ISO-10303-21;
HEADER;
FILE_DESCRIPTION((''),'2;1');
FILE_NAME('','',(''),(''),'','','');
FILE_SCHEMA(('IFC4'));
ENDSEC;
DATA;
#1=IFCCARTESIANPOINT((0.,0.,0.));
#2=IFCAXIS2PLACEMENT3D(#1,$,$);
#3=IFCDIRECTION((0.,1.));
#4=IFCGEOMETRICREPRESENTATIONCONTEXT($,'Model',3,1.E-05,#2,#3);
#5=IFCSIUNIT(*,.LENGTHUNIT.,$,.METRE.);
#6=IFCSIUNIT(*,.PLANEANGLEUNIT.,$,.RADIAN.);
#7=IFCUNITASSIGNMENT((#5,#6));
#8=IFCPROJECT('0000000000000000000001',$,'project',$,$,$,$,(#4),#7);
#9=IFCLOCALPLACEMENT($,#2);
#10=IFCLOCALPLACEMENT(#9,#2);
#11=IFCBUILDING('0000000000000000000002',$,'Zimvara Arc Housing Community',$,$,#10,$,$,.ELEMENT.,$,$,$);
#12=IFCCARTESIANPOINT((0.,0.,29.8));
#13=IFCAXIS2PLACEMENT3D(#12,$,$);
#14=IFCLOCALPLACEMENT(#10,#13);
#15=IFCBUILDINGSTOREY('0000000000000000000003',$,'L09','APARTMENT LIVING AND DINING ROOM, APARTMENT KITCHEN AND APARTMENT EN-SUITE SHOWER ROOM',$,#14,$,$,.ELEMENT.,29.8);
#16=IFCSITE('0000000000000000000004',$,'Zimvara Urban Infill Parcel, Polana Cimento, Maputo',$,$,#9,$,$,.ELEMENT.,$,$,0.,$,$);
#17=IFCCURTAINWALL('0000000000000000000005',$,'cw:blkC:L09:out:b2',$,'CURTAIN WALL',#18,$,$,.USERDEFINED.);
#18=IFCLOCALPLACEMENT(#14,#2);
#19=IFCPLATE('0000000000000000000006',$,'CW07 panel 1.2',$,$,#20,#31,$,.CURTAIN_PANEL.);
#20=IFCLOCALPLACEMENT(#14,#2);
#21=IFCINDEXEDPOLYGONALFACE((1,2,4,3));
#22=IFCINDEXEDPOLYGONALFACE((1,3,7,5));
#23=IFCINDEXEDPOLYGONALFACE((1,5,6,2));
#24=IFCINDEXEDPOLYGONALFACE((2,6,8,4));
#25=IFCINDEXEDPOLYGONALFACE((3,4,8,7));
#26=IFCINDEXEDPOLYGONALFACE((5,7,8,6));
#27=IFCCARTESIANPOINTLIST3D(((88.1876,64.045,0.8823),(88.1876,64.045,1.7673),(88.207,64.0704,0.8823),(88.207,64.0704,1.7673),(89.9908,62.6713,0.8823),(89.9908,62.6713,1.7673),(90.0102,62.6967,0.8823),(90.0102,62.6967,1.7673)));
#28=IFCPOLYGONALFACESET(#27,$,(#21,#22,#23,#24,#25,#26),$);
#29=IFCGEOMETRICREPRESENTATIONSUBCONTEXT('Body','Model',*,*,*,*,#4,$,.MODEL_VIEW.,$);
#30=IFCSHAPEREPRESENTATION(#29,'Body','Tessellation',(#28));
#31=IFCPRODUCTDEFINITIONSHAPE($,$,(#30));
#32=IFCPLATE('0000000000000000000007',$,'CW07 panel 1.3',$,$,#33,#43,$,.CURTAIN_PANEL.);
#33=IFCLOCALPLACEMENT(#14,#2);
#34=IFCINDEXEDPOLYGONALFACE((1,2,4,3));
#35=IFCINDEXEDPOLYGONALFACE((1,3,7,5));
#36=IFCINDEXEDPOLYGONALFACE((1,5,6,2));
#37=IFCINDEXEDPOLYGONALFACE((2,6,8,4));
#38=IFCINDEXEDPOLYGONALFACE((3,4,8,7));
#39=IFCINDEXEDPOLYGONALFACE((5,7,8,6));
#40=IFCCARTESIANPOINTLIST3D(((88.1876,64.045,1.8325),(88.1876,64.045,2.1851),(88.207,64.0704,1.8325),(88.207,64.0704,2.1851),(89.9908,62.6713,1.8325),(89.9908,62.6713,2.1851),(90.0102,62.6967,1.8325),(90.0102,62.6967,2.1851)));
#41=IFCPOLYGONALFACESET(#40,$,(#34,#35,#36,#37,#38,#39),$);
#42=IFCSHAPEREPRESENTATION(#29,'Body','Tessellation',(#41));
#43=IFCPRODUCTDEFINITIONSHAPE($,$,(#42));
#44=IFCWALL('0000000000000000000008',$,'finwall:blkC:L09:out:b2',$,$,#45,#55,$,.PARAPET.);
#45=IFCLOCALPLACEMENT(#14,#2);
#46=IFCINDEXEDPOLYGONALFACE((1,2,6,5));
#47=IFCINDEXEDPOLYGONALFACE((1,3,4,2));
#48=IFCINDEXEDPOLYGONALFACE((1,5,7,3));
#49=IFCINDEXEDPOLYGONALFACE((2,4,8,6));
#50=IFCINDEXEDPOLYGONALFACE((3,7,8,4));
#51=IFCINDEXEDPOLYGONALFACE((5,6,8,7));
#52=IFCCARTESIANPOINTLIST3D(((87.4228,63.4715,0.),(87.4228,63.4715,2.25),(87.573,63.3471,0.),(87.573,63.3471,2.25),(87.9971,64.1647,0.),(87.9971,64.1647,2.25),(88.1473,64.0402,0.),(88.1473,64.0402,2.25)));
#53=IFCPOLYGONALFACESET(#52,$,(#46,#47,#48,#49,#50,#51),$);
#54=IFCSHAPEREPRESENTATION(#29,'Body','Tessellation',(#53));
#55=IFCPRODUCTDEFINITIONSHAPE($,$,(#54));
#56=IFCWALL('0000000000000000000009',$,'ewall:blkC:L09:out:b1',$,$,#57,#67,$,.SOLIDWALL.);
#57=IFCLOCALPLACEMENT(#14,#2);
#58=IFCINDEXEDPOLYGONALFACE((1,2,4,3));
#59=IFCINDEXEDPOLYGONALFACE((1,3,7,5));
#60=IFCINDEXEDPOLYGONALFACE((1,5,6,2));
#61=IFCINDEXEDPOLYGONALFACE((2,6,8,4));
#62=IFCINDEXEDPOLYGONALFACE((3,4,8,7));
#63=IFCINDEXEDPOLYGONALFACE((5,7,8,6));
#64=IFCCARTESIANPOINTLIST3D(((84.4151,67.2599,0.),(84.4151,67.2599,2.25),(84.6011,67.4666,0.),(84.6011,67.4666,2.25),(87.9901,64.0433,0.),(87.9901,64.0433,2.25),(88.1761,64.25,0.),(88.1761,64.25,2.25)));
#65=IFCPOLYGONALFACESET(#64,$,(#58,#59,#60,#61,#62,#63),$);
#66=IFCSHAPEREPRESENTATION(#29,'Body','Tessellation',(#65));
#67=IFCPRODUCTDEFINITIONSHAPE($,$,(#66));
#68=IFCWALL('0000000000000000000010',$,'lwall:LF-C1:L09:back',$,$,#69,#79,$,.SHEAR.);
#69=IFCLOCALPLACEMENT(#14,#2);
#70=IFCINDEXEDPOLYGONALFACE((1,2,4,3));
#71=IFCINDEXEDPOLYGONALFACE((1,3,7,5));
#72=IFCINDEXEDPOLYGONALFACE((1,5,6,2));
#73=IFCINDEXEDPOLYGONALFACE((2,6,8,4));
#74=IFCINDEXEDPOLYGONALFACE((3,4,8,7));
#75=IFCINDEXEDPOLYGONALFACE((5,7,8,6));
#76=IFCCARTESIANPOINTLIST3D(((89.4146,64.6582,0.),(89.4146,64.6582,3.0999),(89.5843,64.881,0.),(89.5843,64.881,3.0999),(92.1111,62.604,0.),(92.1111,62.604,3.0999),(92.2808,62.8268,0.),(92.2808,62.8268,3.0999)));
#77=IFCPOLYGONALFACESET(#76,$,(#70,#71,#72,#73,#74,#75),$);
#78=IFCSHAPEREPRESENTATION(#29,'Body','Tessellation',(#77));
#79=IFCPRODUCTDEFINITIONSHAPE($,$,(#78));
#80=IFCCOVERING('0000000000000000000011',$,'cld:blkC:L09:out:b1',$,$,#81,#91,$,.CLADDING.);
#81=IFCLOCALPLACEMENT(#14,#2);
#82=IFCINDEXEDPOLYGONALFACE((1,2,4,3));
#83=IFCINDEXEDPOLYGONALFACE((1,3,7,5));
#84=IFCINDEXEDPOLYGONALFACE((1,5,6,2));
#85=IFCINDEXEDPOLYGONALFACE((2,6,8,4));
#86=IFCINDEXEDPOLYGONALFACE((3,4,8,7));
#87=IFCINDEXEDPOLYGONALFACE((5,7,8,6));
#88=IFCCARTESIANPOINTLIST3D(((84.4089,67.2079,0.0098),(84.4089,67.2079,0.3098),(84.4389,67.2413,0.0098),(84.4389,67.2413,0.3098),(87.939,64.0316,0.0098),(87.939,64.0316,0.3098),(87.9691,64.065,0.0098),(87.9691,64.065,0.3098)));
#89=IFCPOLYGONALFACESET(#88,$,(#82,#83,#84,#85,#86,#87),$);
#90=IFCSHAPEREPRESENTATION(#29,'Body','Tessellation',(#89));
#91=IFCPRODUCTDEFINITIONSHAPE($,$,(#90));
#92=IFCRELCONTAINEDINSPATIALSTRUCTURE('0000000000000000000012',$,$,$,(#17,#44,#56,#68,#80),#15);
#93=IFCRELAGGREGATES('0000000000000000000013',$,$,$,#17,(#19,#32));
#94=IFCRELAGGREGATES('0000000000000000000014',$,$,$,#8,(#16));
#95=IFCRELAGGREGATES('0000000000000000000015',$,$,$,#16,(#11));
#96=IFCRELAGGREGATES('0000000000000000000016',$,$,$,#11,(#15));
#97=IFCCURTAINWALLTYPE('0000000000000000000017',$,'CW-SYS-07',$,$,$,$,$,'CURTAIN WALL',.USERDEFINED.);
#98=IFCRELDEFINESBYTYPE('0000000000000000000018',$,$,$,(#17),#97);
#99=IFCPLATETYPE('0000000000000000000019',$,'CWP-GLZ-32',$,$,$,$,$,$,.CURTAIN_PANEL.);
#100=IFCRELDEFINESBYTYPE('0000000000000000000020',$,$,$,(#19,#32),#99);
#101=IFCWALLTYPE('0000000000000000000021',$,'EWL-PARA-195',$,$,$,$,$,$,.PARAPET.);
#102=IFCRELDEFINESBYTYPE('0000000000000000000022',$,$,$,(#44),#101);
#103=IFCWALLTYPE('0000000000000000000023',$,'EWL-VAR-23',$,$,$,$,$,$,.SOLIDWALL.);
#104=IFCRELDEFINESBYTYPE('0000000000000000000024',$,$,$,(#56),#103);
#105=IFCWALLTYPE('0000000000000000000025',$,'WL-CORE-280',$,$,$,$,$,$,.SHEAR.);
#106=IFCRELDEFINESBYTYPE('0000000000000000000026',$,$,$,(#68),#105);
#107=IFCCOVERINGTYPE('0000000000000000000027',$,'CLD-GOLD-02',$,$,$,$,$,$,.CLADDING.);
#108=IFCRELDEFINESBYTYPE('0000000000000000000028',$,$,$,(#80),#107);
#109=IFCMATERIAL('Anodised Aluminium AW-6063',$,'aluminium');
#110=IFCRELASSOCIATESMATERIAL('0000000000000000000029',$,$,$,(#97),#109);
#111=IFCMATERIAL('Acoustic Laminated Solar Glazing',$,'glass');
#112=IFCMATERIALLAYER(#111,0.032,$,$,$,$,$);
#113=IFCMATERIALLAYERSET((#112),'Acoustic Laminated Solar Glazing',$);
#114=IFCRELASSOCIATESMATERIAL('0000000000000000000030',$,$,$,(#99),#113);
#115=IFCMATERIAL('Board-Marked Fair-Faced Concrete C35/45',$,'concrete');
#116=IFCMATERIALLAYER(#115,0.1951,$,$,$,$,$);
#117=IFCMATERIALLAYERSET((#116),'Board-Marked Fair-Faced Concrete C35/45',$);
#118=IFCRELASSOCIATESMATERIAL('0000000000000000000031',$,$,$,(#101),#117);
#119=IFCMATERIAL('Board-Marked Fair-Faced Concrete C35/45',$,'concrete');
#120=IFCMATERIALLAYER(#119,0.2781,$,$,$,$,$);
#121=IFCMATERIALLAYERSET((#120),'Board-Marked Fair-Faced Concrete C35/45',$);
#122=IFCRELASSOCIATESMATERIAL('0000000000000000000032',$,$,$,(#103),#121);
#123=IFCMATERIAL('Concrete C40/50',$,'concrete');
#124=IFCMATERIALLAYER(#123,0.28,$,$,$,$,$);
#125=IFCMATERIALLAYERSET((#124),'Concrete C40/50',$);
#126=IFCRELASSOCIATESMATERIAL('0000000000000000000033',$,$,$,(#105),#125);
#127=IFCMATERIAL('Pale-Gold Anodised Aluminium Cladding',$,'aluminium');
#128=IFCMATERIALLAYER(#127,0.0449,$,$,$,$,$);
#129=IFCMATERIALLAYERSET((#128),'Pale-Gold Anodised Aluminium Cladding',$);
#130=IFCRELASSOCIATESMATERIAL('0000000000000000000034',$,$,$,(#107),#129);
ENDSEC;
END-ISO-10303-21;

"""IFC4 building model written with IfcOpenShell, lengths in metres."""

from ifc_helpers import new_model, si_unit, direction, frame, frame_2d, origin, origin_2d, place, context, subcontext, project, spatial, rectangle, extrude, material, layer, layer_set, type_object, element, aggregate, save


model = new_model("IFC4")

# Units and contexts
model_context = context("Model", 3, precision=1e-05, world=origin(), true_north=direction((0.0, 1.0)))
body_context = subcontext(model_context, "Body", "Model", "MODEL_VIEW")
ifc_project = project(units=[si_unit("LENGTHUNIT", "METRE"), si_unit("PLANEANGLEUNIT", "RADIAN")], contexts=[model_context])

# Site, building, storey
site_placement = place(None, origin())
site = spatial("IfcSite", under=ifc_project, at=site_placement, Name="Zimvara Urban Infill Parcel, Polana Cimento, Maputo", CompositionType="ELEMENT", RefElevation=0.0)
building_placement = place(site_placement, origin())
building = spatial("IfcBuilding", under=site, at=building_placement, Name="Zimvara Arc Housing Community", CompositionType="ELEMENT")
storey_placement = place(building_placement, frame((0.0, 0.0, 29.8)))
storey = spatial("IfcBuildingStorey", under=building, at=storey_placement, Name="L09", Description="APARTMENT LIVING AND DINING ROOM, APARTMENT KITCHEN AND APARTMENT EN-SUITE SHOWER ROOM", CompositionType="ELEMENT", Elevation=29.8)

# Curtain wall, plates
ifc_material_1 = material(Name="Anodised Aluminium AW-6063", Category="aluminium")
curtain_wall_type_1 = type_object("IfcCurtainWallType", Name="CW-SYS-07", ElementType="CURTAIN WALL", PredefinedType="USERDEFINED", material=ifc_material_1)
curtain_wall_1_placement = place(storey_placement, origin())
curtain_wall_1 = element("IfcCurtainWall", 1, at=curtain_wall_1_placement, inside=storey, type_object=curtain_wall_type_1, Name="cw:blkC:L09:out:b2", ObjectType="CURTAIN WALL", PredefinedType="USERDEFINED")
ifc_material_2 = material(Name="Acoustic Laminated Solar Glazing", Category="glass")
ifc_layer_1 = layer(ifc_material_2, 0.032)
ifc_layer_set_1 = layer_set([ifc_layer_1], Name="Acoustic Laminated Solar Glazing")
plate_type = type_object("IfcPlateType", Name="CWP-GLZ-32", PredefinedType="CURTAIN_PANEL", material=ifc_layer_set_1)
plate_1_placement = place(storey_placement, frame((89.0989, 63.3708, 0.8823), z_axis=(0.0, 0.0, 1.0), x_axis=(0.795474, -0.605988, 0.0)))
plate_1 = element("IfcPlate", 2, at=plate_1_placement, type_object=plate_type, Name="CW07 panel 1.2", PredefinedType="CURTAIN_PANEL", context=body_context, shape_type="SweptSolid", body=[
    extrude(rectangle(XDim=2.2668, YDim=0.032, at=origin_2d()), origin(), (0.0, 0.0, 1.0), 0.885),
])
plate_2_placement = place(storey_placement, frame((89.0989, 63.3708, 1.8325), z_axis=(0.0, 0.0, 1.0), x_axis=(0.795474, -0.605988, 0.0)))
plate_2 = element("IfcPlate", 3, at=plate_2_placement, type_object=plate_type, Name="CW07 panel 1.3", PredefinedType="CURTAIN_PANEL", context=body_context, shape_type="SweptSolid", body=[
    extrude(rectangle(XDim=2.2668, YDim=0.032, at=origin_2d()), origin(), (0.0, 0.0, 1.0), 0.3525),
])
aggregate(curtain_wall_1, [plate_1, plate_2])

# Walls
ifc_material_3 = material(Name="Board-Marked Fair-Faced Concrete C35/45", Category="concrete")
ifc_layer_2 = layer(ifc_material_3, 0.1951)
ifc_layer_set_2 = layer_set([ifc_layer_2], Name="Board-Marked Fair-Faced Concrete C35/45")
wall_type_1 = type_object("IfcWallType", Name="EWL-PARA-195", PredefinedType="PARAPET", material=ifc_layer_set_2)
wall_1_placement = place(storey_placement, frame((88.0723, 64.1025, 0.0), z_axis=(0.0, 0.0, 1.0), x_axis=(-0.637967, -0.770063, 0.0)))
element("IfcWall", 4, at=wall_1_placement, inside=storey, type_object=wall_type_1, Name="finwall:blkC:L09:out:b2", PredefinedType="PARAPET", context=body_context, shape_type="SweptSolid", body=[
    extrude(rectangle(XDim=0.9001, YDim=0.1951, at=frame_2d((0.4502, 0.0))), origin(), (0.0, 0.0, 1.0), 2.25),
])
ifc_material_4 = material(Name="Board-Marked Fair-Faced Concrete C35/45", Category="concrete")
ifc_layer_3 = layer(ifc_material_4, 0.2781)
ifc_layer_set_3 = layer_set([ifc_layer_3], Name="Board-Marked Fair-Faced Concrete C35/45")
wall_type_2 = type_object("IfcWallType", Name="EWL-VAR-23", PredefinedType="SOLIDWALL", material=ifc_layer_set_3)
wall_2_placement = place(storey_placement, frame((84.5081, 67.3633, 0.0), z_axis=(0.0, 0.0, 1.0), x_axis=(0.743388, -0.668861, 0.0)))
element("IfcWall", 5, at=wall_2_placement, inside=storey, type_object=wall_type_2, Name="ewall:blkC:L09:out:b1", PredefinedType="SOLIDWALL", context=body_context, shape_type="SweptSolid", body=[
    extrude(rectangle(XDim=4.8091, YDim=0.2781, at=frame_2d((2.4045, 0.0))), origin(), (0.0, 0.0, 1.0), 2.25),
])
ifc_material_5 = material(Name="Concrete C40/50", Category="concrete")
ifc_layer_4 = layer(ifc_material_5, 0.28)
ifc_layer_set_4 = layer_set([ifc_layer_4], Name="Concrete C40/50")
wall_type_3 = type_object("IfcWallType", Name="WL-CORE-280", PredefinedType="SHEAR", material=ifc_layer_set_4)
wall_3_placement = place(storey_placement, frame((89.4995, 64.7695, 0.0), z_axis=(0.0, 0.0, 1.0), x_axis=(0.795475, -0.605987, 0.0)))
element("IfcWall", 6, at=wall_3_placement, inside=storey, type_object=wall_type_3, Name="lwall:LF-C1:L09:back", PredefinedType="SHEAR", context=body_context, shape_type="SweptSolid", body=[
    extrude(rectangle(XDim=3.3899, YDim=0.28, at=frame_2d((1.6948, 0.0))), origin(), (0.0, 0.0, 1.0), 3.0999),
])

# Covering
ifc_material_6 = material(Name="Pale-Gold Anodised Aluminium Cladding", Category="aluminium")
ifc_layer_5 = layer(ifc_material_6, 0.0449)
ifc_layer_set_5 = layer_set([ifc_layer_5], Name="Pale-Gold Anodised Aluminium Cladding")
covering_type = type_object("IfcCoveringType", Name="CLD-GOLD-02", PredefinedType="CLADDING", material=ifc_layer_set_5)
covering_placement = place(storey_placement, frame((86.189, 65.6365, 0.0098), z_axis=(0.0, 0.0, 1.0), x_axis=(0.743377, -0.668872, 0.0)))
element("IfcCovering", 7, at=covering_placement, inside=storey, type_object=covering_type, Name="cld:blkC:L09:out:b1", PredefinedType="CLADDING", context=body_context, shape_type="SweptSolid", body=[
    extrude(rectangle(XDim=4.7488, YDim=0.0449, at=origin_2d()), origin(), (0.0, 0.0, 1.0), 0.3),
])

save(model, "model.ifc")
